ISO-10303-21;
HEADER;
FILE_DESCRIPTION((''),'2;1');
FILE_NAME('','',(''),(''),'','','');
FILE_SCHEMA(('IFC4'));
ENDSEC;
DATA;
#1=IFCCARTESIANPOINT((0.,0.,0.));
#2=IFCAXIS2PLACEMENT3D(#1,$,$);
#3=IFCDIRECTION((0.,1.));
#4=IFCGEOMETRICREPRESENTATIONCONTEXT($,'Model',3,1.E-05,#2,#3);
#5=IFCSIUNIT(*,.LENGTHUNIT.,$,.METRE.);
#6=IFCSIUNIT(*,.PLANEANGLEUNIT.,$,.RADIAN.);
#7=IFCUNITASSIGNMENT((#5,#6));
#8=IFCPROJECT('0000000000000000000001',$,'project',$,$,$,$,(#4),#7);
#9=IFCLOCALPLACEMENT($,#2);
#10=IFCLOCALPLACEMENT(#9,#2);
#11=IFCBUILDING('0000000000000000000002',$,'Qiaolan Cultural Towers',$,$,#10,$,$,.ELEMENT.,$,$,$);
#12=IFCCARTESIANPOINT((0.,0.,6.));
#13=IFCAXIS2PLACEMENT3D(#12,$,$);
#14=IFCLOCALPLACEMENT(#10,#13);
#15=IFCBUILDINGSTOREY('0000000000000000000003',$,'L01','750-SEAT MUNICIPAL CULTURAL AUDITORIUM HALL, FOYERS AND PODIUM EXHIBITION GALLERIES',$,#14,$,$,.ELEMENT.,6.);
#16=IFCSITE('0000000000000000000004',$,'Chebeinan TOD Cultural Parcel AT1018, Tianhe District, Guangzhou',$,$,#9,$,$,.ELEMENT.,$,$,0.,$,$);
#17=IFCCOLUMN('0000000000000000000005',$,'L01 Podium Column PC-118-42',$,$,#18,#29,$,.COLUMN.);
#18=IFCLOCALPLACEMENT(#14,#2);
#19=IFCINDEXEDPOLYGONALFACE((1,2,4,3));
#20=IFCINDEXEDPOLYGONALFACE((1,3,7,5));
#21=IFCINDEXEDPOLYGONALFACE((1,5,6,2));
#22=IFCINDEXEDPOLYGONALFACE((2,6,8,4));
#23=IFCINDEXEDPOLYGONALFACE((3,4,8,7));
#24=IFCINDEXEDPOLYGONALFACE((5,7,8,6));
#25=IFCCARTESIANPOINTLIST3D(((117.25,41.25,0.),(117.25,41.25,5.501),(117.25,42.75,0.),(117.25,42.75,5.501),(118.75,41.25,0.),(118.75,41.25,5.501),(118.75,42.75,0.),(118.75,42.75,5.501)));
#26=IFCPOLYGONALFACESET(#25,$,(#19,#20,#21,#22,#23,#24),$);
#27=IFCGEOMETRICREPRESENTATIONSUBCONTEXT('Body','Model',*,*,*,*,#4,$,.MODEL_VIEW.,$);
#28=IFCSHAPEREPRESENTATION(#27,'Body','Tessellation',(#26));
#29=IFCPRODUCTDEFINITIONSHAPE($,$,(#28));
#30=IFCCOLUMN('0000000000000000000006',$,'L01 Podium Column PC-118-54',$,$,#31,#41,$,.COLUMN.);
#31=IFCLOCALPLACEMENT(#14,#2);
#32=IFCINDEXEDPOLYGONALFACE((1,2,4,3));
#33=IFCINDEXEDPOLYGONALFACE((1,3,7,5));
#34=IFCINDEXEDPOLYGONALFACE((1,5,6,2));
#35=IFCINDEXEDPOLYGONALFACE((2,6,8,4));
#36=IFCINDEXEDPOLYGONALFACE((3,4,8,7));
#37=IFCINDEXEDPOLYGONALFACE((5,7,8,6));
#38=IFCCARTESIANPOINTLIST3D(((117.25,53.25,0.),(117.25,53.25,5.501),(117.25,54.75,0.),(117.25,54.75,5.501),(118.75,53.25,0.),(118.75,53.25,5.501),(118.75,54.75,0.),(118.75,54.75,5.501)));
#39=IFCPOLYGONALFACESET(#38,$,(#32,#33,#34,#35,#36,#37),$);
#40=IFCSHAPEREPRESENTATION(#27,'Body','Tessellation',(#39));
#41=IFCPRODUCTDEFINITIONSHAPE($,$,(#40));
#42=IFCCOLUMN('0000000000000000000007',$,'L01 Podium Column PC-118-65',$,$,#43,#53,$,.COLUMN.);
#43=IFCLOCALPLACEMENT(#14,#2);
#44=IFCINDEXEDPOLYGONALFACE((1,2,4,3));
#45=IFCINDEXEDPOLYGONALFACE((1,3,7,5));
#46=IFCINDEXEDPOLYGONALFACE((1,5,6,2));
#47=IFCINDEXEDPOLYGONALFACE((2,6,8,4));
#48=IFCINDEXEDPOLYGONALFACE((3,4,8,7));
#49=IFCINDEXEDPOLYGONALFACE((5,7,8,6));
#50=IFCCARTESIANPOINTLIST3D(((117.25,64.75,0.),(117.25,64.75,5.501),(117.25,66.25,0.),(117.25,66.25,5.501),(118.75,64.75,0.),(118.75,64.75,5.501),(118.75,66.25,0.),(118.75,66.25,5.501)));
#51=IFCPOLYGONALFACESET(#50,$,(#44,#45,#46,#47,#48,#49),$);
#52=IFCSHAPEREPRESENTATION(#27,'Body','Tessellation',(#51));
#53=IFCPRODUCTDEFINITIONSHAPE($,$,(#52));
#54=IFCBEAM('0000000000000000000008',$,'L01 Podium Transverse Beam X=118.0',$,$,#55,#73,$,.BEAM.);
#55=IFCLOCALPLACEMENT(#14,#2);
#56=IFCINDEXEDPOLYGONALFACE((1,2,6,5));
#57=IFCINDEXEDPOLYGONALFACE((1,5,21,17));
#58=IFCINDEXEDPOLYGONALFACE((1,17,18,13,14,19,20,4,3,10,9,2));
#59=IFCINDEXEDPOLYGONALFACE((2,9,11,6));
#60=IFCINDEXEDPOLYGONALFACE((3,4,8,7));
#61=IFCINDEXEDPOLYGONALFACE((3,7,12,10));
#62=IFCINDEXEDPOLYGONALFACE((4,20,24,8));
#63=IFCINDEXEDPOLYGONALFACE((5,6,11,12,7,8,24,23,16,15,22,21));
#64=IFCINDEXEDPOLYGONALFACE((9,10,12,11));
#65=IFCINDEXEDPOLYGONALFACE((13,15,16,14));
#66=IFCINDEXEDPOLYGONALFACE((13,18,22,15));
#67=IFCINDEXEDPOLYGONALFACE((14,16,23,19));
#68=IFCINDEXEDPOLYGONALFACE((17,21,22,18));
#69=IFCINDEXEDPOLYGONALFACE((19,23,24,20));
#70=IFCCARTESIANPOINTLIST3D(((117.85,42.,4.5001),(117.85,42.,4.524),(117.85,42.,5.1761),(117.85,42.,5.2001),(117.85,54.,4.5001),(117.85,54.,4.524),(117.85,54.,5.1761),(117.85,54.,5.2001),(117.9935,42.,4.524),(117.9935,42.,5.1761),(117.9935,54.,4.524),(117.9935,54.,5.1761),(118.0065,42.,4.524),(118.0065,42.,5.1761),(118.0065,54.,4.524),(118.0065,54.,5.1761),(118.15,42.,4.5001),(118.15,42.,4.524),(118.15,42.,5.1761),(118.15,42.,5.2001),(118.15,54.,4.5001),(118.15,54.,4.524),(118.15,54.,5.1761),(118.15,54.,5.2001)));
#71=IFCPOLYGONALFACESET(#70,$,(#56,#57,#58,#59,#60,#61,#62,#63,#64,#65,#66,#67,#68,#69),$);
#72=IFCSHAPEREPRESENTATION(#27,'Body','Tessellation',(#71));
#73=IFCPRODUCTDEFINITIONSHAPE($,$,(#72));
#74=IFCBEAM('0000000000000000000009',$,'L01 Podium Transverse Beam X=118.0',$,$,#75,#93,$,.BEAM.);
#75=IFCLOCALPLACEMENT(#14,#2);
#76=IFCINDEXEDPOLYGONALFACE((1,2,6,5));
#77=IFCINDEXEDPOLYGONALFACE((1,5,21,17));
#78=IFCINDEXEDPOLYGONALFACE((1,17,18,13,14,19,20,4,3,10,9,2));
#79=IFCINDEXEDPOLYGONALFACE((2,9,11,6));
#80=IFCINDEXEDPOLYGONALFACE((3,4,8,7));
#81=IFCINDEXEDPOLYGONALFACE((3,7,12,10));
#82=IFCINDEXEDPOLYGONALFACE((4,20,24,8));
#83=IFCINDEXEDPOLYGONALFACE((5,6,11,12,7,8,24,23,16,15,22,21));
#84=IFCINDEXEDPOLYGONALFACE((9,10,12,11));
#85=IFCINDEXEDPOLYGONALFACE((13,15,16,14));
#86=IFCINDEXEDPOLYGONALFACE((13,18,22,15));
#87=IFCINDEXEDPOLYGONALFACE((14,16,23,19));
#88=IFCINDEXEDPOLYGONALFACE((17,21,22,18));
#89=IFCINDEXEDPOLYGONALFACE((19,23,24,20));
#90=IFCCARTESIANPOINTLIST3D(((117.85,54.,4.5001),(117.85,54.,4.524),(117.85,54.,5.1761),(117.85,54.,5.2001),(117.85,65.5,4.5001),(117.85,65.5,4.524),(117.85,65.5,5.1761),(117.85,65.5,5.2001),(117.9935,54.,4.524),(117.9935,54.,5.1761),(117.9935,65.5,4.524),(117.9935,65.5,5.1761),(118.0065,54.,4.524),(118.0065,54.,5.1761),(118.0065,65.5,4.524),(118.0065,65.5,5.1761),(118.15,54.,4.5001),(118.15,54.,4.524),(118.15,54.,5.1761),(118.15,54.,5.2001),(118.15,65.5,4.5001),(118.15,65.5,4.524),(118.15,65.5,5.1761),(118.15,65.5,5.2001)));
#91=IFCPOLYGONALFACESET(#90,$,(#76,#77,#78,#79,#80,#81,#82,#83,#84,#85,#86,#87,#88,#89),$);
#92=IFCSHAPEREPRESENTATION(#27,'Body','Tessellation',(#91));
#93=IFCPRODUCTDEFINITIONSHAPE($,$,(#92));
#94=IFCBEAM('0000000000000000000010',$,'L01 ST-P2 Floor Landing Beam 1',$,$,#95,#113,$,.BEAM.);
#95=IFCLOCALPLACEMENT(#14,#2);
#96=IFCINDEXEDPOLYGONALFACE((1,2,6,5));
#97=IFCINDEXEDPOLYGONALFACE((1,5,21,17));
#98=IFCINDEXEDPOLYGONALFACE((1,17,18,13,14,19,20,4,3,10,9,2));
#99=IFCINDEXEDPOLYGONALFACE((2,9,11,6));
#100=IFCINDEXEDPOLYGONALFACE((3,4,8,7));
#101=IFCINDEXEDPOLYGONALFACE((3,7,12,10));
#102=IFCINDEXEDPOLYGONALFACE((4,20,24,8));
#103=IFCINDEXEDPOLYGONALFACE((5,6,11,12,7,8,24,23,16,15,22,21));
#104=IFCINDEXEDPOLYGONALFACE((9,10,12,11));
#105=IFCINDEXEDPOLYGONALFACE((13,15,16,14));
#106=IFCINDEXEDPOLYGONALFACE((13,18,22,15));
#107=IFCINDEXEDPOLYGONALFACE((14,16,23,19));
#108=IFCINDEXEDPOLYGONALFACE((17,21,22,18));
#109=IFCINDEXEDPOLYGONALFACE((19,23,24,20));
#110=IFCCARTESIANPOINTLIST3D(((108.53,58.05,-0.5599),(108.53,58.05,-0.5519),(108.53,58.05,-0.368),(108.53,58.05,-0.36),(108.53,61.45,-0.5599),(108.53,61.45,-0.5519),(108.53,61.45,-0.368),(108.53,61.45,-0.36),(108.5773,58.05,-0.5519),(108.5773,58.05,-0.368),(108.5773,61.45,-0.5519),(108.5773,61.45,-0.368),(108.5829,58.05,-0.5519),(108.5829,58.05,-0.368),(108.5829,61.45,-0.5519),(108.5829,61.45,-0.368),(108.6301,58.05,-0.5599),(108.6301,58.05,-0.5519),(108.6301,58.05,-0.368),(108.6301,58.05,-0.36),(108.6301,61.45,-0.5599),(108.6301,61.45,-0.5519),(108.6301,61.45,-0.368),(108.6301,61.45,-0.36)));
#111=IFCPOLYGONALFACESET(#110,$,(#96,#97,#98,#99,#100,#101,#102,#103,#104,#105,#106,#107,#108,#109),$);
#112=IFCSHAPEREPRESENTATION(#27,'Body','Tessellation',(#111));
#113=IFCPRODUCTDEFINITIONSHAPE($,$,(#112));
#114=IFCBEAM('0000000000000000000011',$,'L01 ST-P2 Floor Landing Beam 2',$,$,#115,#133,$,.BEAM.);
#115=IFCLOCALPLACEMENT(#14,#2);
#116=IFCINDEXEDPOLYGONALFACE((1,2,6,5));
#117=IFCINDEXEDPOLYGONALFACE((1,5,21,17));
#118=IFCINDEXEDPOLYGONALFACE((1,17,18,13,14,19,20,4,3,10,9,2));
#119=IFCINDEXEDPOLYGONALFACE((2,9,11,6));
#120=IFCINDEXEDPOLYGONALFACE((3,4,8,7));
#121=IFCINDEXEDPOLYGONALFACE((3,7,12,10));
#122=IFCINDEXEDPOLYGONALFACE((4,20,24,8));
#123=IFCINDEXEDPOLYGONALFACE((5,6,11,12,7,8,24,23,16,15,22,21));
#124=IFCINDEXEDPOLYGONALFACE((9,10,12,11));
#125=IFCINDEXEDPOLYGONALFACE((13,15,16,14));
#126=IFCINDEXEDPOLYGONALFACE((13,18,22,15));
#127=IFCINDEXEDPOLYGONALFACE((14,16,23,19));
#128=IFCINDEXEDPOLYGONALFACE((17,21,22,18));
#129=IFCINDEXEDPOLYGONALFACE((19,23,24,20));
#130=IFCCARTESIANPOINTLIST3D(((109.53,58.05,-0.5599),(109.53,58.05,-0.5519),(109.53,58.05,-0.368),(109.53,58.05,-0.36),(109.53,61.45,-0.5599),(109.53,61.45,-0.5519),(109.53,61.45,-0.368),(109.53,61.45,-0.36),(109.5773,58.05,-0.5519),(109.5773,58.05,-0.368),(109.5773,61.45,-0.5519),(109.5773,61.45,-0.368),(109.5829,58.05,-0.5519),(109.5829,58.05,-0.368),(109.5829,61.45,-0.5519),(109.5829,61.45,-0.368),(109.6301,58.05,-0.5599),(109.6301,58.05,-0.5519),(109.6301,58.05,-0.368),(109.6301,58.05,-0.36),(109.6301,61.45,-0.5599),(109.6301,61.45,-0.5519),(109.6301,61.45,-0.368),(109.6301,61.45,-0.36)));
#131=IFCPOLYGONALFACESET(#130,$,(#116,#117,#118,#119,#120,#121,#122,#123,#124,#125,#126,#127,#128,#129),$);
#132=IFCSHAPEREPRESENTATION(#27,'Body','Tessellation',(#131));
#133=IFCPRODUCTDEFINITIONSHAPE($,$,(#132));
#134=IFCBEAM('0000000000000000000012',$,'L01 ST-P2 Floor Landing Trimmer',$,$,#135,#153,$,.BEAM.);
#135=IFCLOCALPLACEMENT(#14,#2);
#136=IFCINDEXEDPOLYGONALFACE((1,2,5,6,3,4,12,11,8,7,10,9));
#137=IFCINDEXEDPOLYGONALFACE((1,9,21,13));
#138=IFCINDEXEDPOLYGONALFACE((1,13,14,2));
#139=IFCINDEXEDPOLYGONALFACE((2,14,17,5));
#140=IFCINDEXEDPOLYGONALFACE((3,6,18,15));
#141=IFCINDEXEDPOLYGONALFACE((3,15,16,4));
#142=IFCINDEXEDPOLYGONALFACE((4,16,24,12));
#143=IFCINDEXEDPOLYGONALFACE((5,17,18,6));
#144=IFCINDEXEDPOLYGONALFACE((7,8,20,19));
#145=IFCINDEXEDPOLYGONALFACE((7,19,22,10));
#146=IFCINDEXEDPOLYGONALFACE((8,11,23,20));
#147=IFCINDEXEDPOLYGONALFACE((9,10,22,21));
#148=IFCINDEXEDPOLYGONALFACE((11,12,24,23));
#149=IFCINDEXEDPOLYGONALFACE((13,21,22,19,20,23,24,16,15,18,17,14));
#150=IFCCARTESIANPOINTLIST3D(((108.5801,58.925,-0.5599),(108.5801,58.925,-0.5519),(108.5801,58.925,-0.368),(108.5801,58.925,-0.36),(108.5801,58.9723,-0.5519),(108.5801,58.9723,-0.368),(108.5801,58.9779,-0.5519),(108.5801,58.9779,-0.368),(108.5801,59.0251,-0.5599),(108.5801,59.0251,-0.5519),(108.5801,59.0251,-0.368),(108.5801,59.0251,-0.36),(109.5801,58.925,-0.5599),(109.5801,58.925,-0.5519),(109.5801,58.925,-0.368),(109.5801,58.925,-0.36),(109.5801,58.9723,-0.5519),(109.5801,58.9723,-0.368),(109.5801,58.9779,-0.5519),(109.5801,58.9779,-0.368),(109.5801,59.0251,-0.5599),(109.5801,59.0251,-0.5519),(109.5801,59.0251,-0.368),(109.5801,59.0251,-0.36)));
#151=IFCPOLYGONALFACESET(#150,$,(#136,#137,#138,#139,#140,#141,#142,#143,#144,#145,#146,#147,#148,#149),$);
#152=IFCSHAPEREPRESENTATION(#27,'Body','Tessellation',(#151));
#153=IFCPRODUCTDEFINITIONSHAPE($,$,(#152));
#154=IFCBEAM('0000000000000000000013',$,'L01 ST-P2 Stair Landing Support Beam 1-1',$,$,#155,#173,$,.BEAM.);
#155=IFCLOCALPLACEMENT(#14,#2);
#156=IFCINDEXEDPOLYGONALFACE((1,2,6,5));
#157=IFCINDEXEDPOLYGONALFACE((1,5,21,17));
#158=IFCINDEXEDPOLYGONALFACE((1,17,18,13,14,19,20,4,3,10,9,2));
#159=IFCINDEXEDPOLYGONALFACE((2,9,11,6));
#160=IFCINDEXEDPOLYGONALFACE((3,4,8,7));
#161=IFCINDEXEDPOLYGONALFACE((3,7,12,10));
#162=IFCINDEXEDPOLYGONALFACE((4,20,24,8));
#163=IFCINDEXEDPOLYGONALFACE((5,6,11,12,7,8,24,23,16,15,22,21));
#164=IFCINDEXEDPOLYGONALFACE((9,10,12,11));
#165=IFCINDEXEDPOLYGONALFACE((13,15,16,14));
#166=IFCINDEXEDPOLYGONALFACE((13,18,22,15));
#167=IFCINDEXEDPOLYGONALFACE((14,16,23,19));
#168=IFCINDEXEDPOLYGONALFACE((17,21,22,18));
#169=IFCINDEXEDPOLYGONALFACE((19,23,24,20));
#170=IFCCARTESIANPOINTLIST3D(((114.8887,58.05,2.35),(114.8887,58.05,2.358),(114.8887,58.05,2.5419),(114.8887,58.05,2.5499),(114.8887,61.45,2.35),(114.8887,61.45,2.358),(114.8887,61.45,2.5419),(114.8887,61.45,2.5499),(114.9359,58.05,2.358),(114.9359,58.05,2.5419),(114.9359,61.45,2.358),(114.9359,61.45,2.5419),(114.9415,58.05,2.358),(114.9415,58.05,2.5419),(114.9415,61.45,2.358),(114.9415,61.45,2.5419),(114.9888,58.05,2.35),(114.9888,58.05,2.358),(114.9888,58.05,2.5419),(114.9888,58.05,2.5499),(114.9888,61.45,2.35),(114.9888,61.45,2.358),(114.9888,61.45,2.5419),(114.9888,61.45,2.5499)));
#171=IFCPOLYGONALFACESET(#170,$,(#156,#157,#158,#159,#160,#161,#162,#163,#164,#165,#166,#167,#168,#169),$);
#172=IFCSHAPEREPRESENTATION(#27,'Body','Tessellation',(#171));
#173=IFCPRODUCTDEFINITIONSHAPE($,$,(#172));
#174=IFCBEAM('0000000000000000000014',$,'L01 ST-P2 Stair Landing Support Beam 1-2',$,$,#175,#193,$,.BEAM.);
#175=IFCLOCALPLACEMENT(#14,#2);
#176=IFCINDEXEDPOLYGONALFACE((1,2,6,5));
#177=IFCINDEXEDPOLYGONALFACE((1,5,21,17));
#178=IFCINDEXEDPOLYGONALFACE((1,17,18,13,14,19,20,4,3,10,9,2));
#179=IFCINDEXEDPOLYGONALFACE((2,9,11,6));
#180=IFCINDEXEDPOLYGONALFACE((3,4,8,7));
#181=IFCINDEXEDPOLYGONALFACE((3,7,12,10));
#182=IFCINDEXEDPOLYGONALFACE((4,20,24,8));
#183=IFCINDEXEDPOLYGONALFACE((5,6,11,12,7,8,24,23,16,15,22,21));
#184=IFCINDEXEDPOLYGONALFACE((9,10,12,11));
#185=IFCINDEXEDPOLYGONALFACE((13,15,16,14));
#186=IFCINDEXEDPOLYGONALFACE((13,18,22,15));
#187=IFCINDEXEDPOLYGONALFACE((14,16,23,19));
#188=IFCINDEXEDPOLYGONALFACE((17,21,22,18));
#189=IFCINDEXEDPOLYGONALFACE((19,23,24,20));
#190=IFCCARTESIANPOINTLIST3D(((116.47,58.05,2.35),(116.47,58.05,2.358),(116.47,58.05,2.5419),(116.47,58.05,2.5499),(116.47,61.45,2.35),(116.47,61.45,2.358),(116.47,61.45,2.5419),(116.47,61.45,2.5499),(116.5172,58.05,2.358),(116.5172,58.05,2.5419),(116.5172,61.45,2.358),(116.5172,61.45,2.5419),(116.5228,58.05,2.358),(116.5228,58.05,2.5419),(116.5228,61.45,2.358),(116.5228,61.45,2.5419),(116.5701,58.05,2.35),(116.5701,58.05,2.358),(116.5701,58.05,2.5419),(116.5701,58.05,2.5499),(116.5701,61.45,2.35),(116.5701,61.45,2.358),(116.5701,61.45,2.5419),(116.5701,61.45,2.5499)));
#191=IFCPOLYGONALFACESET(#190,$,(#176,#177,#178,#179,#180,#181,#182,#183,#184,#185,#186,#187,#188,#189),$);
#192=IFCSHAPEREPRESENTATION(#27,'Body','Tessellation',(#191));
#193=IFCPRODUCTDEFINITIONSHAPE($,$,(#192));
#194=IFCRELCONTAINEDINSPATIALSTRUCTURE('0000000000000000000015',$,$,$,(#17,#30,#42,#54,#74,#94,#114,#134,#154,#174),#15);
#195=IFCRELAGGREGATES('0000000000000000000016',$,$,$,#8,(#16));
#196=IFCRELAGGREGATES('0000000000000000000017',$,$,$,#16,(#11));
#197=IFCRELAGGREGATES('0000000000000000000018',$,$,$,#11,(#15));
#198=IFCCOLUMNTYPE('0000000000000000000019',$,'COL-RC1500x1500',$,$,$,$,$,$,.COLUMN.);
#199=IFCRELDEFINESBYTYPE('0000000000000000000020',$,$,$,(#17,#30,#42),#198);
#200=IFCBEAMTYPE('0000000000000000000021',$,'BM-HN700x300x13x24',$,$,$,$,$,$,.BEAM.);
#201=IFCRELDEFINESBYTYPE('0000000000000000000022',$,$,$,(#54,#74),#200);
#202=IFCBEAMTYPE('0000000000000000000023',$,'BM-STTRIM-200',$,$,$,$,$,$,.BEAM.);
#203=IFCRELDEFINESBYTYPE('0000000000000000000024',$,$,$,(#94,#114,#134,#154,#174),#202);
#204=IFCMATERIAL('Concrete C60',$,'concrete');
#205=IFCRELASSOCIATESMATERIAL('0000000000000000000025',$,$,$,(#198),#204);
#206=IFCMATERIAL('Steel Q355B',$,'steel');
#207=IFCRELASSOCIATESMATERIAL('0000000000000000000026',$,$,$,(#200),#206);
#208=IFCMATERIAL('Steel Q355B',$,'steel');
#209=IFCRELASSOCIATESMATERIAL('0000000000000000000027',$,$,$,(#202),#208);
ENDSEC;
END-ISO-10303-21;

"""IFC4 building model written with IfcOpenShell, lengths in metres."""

from ifc_helpers import new_model, si_unit, direction, frame, origin, origin_2d, place, context, subcontext, project, spatial, rectangle, i_section, extrude, material, material_profile, profile_set, type_object, element, save


model = new_model("IFC4")

# Units and contexts
model_context = context("Model", 3, precision=1e-05, world=origin(), true_north=direction((0.0, 1.0)))
body_context = subcontext(model_context, "Body", "Model", "MODEL_VIEW")
ifc_project = project(units=[si_unit("LENGTHUNIT", "METRE"), si_unit("PLANEANGLEUNIT", "RADIAN")], contexts=[model_context])

# Site, building, storey
site_placement = place(None, origin())
site = spatial("IfcSite", under=ifc_project, at=site_placement, Name="Chebeinan TOD Cultural Parcel AT1018, Tianhe District, Guangzhou", CompositionType="ELEMENT", RefElevation=0.0)
building_placement = place(site_placement, origin())
building = spatial("IfcBuilding", under=site, at=building_placement, Name="Qiaolan Cultural Towers", CompositionType="ELEMENT")
storey_placement = place(building_placement, frame((0.0, 0.0, 6.0)))
storey = spatial("IfcBuildingStorey", under=building, at=storey_placement, Name="L01", Description="750-SEAT MUNICIPAL CULTURAL AUDITORIUM HALL, FOYERS AND PODIUM EXHIBITION GALLERIES", CompositionType="ELEMENT", Elevation=6.0)

# Columns
ifc_material_1 = material(Name="Concrete C60", Category="concrete")
ifc_material_profile_1 = material_profile(ifc_material_1, rectangle(XDim=1.5, YDim=1.5, at=origin_2d()), Name="RC1500x1500")
ifc_profile_set_1 = profile_set([ifc_material_profile_1], Name="Concrete C60")
column_type = type_object("IfcColumnType", Name="COL-RC1500x1500", PredefinedType="COLUMN", material=ifc_profile_set_1)
for number, where, z_axis, x_axis, name in (
    (1, (118.0, 42.0, 0.0), (0.0, 0.0, 1.0), (1.0, 0.0, 0.0), "L01 Podium Column PC-118-42"),
    (2, (118.0, 54.0, 0.0), (0.0, 0.0, 1.0), (1.0, 0.0, 0.0), "L01 Podium Column PC-118-54"),
    (3, (118.0, 65.5, 0.0), (0.0, 0.0, 1.0), (1.0, 0.0, 0.0), "L01 Podium Column PC-118-65"),
):
    element("IfcColumn", number, at=place(storey_placement, frame(where, z_axis=z_axis, x_axis=x_axis)), inside=storey, type_object=column_type, Name=name, PredefinedType="COLUMN", context=body_context, shape_type="SweptSolid", body=[
        extrude(rectangle(XDim=1.5, YDim=1.5, at=origin_2d()), origin(), (0.0, 0.0, 1.0), 5.501),
    ])

# Beams
ifc_material_2 = material(Name="Steel Q355B", Category="steel")
ifc_material_profile_2 = material_profile(ifc_material_2, i_section(OverallWidth=0.3, OverallDepth=0.7, WebThickness=0.0129, FlangeThickness=0.0239, at=origin_2d()), Name="HN700x300x13x24")
ifc_profile_set_2 = profile_set([ifc_material_profile_2], Name="Steel Q355B")
beam_type_1 = type_object("IfcBeamType", Name="BM-HN700x300x13x24", PredefinedType="BEAM", material=ifc_profile_set_2)
beam_1_placement = place(storey_placement, frame((118.0, 42.0, 4.8501), z_axis=(0.0, 1.0, 0.0), x_axis=(-1.0, 0.0, 0.0)))
element("IfcBeam", 4, at=beam_1_placement, inside=storey, type_object=beam_type_1, Name="L01 Podium Transverse Beam X=118.0", PredefinedType="BEAM", context=body_context, shape_type="SweptSolid", body=[
    extrude(i_section(OverallWidth=0.3, OverallDepth=0.7, WebThickness=0.0129, FlangeThickness=0.0239, at=origin_2d()), origin(), (0.0, 0.0, 1.0), 12.0),
])
beam_2_placement = place(storey_placement, frame((118.0, 54.0, 4.8501), z_axis=(0.0, 1.0, 0.0), x_axis=(-1.0, 0.0, 0.0)))
element("IfcBeam", 5, at=beam_2_placement, inside=storey, type_object=beam_type_1, Name="L01 Podium Transverse Beam X=118.0", PredefinedType="BEAM", context=body_context, shape_type="SweptSolid", body=[
    extrude(i_section(OverallWidth=0.3, OverallDepth=0.7, WebThickness=0.0129, FlangeThickness=0.0239, at=origin_2d()), origin(), (0.0, 0.0, 1.0), 11.5),
])
ifc_material_3 = material(Name="Steel Q355B", Category="steel")
ifc_material_profile_3 = material_profile(ifc_material_3, i_section(OverallWidth=0.1001, OverallDepth=0.2, WebThickness=0.0056, FlangeThickness=0.0081, at=origin_2d()), Name="HN200x100x5.5x8")
ifc_profile_set_3 = profile_set([ifc_material_profile_3], Name="Steel Q355B")
beam_type_2 = type_object("IfcBeamType", Name="BM-STTRIM-200", PredefinedType="BEAM", material=ifc_profile_set_3)
for number, where, z_axis, x_axis, name in (
    (6, (108.5801, 58.05, -0.46), (0.0, 1.0, 0.0), (-1.0, 0.0, 0.0), "L01 ST-P2 Floor Landing Beam 1"),
    (7, (109.5801, 58.05, -0.46), (0.0, 1.0, 0.0), (-1.0, 0.0, 0.0), "L01 ST-P2 Floor Landing Beam 2"),
):
    element("IfcBeam", number, at=place(storey_placement, frame(where, z_axis=z_axis, x_axis=x_axis)), inside=storey, type_object=beam_type_2, Name=name, PredefinedType="BEAM", context=body_context, shape_type="SweptSolid", body=[
        extrude(i_section(OverallWidth=0.1001, OverallDepth=0.2, WebThickness=0.0056, FlangeThickness=0.0081, at=origin_2d()), origin(), (0.0, 0.0, 1.0), 3.3999),
    ])
beam_3_placement = place(storey_placement, frame((108.5801, 58.9751, -0.46), z_axis=(1.0, 0.0, 0.0), x_axis=(0.0, 1.0, 0.0)))
element("IfcBeam", 8, at=beam_3_placement, inside=storey, type_object=beam_type_2, Name="L01 ST-P2 Floor Landing Trimmer", PredefinedType="BEAM", context=body_context, shape_type="SweptSolid", body=[
    extrude(i_section(OverallWidth=0.1001, OverallDepth=0.2, WebThickness=0.0056, FlangeThickness=0.0081, at=origin_2d()), origin(), (0.0, 0.0, 1.0), 1.0),
])
for number, where, z_axis, x_axis, name in (
    (9, (114.9387, 58.05, 2.45), (0.0, 1.0, 0.0), (-1.0, 0.0, 0.0), "L01 ST-P2 Stair Landing Support Beam 1-1"),
    (10, (116.52, 58.05, 2.45), (0.0, 1.0, 0.0), (-1.0, 0.0, 0.0), "L01 ST-P2 Stair Landing Support Beam 1-2"),
):
    element("IfcBeam", number, at=place(storey_placement, frame(where, z_axis=z_axis, x_axis=x_axis)), inside=storey, type_object=beam_type_2, Name=name, PredefinedType="BEAM", context=body_context, shape_type="SweptSolid", body=[
        extrude(i_section(OverallWidth=0.1001, OverallDepth=0.2, WebThickness=0.0056, FlangeThickness=0.0081, at=origin_2d()), origin(), (0.0, 0.0, 1.0), 3.3999),
    ])

save(model, "model.ifc")
